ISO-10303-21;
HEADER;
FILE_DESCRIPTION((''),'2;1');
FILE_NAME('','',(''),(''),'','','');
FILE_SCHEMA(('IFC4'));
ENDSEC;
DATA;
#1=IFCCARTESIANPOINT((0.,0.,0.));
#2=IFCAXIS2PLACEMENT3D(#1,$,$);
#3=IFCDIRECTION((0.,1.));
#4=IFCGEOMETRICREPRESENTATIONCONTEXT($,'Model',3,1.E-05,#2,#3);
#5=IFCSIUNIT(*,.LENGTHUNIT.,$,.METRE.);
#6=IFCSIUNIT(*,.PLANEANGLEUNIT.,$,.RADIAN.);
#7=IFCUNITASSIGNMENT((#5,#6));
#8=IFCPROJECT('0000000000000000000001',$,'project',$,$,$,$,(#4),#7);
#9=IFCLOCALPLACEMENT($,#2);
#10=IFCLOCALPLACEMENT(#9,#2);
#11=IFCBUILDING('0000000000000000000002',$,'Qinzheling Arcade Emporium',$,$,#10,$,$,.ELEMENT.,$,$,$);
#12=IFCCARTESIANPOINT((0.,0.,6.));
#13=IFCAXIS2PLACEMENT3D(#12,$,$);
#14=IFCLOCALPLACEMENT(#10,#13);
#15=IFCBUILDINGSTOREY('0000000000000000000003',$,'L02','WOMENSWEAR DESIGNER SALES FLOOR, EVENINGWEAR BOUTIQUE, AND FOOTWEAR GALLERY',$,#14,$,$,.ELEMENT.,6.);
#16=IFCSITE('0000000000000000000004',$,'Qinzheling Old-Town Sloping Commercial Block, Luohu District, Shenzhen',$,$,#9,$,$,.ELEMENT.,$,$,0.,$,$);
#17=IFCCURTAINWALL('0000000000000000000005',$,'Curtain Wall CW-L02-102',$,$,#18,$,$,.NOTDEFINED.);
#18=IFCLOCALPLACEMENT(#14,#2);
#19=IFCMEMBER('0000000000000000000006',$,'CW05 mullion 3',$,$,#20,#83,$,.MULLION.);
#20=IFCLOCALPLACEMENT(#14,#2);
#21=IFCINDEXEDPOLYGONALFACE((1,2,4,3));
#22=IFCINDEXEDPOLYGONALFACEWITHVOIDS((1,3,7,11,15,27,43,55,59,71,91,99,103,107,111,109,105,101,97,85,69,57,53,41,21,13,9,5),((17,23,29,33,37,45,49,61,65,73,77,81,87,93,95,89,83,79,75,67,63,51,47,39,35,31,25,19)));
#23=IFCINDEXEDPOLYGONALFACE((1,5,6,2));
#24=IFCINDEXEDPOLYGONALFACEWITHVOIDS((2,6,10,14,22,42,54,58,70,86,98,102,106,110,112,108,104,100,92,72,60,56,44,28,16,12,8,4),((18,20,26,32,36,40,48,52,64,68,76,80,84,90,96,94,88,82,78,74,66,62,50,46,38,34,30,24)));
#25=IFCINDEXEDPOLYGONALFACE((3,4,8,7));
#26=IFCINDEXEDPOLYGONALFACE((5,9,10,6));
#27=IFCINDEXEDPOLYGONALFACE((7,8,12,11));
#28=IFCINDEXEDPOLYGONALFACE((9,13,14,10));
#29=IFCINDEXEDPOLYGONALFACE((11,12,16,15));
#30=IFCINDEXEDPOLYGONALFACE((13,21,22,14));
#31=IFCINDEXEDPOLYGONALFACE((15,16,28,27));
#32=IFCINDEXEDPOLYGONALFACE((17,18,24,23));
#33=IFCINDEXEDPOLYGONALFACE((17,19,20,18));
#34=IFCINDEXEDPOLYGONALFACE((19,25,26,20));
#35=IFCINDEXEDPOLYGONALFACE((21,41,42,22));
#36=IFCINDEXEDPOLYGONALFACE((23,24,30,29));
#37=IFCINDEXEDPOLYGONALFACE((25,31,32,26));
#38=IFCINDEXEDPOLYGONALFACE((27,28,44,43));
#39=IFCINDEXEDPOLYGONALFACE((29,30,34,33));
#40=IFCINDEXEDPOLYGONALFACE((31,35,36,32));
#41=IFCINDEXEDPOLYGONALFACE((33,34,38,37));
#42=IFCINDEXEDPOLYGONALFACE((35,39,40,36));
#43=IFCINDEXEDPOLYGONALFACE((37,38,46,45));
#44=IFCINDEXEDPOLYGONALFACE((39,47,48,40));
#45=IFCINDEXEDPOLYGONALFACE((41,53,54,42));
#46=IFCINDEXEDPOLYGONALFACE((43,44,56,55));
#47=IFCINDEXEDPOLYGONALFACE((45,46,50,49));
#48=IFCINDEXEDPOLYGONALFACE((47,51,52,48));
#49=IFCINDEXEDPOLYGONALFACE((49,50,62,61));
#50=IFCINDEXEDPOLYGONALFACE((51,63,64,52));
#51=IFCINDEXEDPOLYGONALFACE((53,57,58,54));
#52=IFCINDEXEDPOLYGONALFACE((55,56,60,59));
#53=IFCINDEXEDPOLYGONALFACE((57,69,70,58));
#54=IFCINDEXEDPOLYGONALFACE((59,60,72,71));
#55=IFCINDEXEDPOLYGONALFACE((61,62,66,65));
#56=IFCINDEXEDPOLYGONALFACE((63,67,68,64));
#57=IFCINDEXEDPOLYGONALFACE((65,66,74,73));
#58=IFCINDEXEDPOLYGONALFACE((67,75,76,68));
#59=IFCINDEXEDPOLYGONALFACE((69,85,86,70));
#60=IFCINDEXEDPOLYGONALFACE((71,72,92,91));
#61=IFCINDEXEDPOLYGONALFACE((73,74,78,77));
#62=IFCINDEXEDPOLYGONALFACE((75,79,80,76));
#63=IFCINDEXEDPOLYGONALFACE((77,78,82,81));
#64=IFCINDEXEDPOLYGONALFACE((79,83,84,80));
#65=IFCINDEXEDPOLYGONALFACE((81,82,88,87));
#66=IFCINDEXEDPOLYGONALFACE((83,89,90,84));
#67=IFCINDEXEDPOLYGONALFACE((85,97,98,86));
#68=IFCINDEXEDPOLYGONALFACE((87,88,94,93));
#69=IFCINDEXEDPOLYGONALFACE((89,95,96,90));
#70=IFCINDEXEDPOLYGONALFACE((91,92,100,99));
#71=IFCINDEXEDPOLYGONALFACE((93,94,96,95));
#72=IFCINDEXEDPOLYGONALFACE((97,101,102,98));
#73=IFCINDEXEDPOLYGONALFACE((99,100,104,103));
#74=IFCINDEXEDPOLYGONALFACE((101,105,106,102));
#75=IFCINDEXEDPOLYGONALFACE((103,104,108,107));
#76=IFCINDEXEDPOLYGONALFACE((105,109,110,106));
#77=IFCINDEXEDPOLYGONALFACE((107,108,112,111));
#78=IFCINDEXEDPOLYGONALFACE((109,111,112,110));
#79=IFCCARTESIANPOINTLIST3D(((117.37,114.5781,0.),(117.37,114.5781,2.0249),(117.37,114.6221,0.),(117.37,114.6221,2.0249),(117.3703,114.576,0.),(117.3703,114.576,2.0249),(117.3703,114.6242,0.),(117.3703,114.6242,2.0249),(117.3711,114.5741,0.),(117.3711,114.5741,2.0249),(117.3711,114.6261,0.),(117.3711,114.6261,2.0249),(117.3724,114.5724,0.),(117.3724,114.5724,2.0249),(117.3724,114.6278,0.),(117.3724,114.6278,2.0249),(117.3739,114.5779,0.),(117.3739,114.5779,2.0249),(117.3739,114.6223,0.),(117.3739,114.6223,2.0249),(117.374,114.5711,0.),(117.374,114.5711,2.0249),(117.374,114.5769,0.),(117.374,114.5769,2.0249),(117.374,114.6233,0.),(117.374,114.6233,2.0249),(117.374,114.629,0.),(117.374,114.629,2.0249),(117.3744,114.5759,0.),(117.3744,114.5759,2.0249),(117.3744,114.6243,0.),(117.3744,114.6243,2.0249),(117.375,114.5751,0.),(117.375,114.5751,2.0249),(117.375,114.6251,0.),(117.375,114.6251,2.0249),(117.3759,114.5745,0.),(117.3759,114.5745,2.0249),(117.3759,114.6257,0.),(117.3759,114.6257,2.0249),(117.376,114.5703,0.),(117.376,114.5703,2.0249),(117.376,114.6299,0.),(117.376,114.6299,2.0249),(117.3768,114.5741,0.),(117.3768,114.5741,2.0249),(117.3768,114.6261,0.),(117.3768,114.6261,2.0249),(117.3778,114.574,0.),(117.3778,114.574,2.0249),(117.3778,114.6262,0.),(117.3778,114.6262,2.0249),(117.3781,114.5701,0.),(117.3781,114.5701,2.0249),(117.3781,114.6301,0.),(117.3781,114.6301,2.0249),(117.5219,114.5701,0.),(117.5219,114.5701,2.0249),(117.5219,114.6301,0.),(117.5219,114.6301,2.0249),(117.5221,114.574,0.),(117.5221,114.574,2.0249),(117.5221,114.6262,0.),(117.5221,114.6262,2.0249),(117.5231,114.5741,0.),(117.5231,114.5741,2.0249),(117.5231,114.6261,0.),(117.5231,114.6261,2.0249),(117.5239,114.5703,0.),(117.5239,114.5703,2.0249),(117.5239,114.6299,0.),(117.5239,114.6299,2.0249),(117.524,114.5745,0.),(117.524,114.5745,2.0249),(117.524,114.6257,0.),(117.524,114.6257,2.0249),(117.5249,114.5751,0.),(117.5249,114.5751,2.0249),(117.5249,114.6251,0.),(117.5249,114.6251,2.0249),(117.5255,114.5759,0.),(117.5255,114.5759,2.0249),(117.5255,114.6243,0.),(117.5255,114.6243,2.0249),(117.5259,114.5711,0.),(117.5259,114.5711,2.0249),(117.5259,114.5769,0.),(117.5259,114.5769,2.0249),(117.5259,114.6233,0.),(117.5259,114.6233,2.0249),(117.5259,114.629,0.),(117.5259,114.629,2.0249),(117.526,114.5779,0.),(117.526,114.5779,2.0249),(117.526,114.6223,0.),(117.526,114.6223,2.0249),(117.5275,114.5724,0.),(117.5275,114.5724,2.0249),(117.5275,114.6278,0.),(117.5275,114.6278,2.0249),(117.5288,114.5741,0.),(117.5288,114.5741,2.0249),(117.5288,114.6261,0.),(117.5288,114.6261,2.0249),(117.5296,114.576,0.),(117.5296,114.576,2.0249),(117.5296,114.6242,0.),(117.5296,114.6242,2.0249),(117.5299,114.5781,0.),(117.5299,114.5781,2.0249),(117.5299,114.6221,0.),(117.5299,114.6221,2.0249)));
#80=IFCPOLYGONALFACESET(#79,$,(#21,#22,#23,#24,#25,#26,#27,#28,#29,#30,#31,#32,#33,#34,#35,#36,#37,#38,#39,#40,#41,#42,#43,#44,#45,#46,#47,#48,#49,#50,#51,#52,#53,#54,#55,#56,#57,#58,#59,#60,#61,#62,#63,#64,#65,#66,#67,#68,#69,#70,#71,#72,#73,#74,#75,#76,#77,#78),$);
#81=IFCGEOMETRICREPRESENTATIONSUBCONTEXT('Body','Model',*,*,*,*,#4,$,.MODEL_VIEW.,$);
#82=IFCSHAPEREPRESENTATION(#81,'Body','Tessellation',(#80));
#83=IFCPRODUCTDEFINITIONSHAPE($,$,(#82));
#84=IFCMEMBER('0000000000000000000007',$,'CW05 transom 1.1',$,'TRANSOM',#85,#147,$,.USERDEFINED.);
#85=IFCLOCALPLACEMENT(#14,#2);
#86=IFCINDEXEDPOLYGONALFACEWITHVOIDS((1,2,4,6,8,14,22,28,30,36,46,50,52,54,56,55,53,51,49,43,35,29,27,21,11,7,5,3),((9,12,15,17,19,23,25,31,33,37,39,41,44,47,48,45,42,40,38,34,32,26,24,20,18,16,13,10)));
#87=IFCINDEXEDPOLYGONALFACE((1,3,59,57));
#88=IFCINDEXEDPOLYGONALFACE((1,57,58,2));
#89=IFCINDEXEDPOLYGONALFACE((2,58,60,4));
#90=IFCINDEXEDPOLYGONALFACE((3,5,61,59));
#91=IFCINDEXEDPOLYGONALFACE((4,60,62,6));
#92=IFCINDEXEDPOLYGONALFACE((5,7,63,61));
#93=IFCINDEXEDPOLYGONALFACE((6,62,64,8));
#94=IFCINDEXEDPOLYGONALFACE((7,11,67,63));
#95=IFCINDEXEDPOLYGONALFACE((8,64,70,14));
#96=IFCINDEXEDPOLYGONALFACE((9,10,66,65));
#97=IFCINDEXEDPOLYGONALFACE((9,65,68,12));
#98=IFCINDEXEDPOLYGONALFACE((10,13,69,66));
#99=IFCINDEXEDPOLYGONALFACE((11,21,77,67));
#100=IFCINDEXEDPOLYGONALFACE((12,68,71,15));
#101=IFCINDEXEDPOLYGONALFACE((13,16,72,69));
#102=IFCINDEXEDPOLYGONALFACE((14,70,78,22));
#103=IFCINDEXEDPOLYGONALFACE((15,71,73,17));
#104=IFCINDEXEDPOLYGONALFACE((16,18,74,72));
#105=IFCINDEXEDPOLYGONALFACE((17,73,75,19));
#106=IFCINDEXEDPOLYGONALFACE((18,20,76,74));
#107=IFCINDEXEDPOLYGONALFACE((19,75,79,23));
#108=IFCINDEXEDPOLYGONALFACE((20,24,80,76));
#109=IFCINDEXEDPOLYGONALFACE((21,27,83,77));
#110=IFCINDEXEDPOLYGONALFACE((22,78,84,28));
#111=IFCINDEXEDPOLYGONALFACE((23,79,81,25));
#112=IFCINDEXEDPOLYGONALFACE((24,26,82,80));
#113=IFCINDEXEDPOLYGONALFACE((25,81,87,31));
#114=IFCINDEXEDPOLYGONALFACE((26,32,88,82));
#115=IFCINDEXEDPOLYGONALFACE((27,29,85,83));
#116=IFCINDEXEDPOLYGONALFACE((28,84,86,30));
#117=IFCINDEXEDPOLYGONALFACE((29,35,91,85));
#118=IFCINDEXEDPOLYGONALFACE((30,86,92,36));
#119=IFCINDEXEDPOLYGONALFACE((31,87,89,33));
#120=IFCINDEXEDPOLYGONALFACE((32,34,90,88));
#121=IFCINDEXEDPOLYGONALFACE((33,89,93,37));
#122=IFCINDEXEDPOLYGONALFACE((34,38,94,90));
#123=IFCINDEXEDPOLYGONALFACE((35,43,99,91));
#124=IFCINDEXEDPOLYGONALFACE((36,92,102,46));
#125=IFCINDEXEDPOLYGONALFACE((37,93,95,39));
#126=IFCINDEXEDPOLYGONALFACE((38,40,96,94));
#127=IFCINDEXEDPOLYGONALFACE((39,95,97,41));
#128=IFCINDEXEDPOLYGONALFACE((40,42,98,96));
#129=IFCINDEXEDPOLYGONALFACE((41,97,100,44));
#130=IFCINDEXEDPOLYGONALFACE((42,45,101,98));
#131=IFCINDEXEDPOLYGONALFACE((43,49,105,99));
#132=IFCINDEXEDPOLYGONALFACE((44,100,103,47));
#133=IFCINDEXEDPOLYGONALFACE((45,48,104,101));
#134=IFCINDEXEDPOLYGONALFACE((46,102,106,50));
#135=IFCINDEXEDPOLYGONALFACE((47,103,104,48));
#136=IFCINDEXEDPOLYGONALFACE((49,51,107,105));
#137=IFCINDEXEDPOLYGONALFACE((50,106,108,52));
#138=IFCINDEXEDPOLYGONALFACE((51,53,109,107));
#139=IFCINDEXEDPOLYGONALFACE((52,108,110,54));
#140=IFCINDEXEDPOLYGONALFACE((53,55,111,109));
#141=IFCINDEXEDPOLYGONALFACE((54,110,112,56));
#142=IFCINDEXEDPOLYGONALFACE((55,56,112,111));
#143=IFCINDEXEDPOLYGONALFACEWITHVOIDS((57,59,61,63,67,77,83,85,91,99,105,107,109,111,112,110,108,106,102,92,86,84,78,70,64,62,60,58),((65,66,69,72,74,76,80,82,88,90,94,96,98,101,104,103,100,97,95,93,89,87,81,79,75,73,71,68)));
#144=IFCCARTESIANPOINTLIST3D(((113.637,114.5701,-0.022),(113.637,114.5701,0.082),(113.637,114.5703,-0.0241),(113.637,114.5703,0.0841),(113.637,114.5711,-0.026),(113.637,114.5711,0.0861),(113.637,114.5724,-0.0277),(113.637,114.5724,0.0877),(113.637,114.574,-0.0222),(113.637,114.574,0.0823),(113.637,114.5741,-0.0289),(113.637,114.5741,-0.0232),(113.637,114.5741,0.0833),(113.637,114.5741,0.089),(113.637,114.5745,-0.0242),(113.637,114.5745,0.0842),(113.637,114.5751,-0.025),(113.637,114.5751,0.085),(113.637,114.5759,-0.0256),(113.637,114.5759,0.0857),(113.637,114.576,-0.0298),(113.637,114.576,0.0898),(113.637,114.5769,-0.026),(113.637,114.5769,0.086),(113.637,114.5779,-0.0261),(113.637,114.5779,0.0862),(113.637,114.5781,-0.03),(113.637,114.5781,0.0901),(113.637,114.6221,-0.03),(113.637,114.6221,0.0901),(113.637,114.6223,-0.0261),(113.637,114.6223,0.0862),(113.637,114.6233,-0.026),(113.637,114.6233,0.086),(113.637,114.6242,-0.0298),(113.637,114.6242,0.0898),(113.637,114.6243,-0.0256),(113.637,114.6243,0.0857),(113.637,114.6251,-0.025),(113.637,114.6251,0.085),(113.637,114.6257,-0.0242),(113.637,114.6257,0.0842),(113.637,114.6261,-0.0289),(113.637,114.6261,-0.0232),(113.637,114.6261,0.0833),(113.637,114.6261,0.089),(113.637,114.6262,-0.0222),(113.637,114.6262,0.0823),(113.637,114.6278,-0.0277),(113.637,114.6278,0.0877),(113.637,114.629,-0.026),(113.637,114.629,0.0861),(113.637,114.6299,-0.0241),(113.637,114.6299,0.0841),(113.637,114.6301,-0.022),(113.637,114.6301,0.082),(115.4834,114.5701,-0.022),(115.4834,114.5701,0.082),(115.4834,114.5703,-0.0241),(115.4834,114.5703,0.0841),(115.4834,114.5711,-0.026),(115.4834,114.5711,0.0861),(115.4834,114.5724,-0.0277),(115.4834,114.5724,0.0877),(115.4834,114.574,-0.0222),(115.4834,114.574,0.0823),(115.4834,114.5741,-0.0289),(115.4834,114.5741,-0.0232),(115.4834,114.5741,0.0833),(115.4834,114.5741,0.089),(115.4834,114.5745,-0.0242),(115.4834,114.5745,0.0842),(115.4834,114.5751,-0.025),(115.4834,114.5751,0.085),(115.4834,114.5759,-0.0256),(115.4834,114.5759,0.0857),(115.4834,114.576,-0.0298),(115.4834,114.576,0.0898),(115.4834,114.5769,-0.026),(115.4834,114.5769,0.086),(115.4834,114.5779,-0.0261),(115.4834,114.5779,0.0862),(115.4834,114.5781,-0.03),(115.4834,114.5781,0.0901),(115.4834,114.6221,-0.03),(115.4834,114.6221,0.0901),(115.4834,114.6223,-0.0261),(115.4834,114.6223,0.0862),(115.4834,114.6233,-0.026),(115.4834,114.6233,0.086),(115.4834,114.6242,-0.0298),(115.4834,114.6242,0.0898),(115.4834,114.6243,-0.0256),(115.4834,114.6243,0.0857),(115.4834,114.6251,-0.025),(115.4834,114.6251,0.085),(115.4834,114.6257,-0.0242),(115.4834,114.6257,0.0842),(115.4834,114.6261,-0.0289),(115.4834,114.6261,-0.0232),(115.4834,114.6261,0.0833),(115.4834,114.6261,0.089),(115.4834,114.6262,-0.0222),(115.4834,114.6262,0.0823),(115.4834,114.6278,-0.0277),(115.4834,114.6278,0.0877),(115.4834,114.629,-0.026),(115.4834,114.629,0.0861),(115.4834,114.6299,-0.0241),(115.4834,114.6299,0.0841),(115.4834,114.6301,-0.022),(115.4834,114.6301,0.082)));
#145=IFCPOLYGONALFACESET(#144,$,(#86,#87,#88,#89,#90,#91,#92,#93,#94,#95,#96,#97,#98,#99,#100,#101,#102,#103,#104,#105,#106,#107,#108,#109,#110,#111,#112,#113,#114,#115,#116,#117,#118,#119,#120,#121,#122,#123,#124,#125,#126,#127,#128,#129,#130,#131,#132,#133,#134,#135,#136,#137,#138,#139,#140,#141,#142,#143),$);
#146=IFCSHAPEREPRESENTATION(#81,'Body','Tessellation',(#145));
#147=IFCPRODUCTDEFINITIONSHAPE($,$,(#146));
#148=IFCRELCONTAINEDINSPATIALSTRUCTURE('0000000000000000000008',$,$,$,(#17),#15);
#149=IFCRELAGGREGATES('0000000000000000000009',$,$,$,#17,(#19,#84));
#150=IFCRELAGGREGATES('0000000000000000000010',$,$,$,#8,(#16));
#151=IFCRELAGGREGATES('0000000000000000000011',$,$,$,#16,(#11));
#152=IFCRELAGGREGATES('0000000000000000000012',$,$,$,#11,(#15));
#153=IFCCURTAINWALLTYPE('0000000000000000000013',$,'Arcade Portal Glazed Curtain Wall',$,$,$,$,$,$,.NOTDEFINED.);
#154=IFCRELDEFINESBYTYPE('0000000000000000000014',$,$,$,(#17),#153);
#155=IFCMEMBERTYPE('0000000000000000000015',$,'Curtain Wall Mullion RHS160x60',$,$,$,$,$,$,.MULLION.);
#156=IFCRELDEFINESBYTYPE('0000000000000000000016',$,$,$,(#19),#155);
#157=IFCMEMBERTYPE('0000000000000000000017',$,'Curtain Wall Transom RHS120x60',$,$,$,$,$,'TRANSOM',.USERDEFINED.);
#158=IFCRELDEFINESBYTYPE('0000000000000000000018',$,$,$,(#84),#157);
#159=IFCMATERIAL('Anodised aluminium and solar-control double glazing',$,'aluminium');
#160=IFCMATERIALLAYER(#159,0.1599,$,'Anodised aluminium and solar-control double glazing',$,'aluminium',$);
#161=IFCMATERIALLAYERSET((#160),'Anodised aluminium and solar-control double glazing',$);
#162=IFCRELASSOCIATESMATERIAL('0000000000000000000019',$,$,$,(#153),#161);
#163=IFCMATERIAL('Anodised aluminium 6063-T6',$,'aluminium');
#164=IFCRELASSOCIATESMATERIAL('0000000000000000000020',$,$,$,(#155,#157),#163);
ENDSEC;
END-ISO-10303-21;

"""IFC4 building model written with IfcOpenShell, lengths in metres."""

from ifc_helpers import new_model, si_unit, direction, frame, origin, origin_2d, place, context, subcontext, project, spatial, hollow_rectangle, extrude, material, layer, layer_set, material_profile, profile_set, type_object, element, aggregate, save


model = new_model("IFC4")

# Units and contexts
model_context = context("Model", 3, precision=1e-05, world=origin(), true_north=direction((0.0, 1.0)))
body_context = subcontext(model_context, "Body", "Model", "MODEL_VIEW")
ifc_project = project(units=[si_unit("LENGTHUNIT", "METRE"), si_unit("PLANEANGLEUNIT", "RADIAN")], contexts=[model_context])

# Site, building, storey
site_placement = place(None, origin())
site = spatial("IfcSite", under=ifc_project, at=site_placement, Name="Qinzheling Old-Town Sloping Commercial Block, Luohu District, Shenzhen", CompositionType="ELEMENT", RefElevation=0.0)
building_placement = place(site_placement, origin())
building = spatial("IfcBuilding", under=site, at=building_placement, Name="Qinzheling Arcade Emporium", CompositionType="ELEMENT")
storey_placement = place(building_placement, frame((0.0, 0.0, 6.0)))
storey = spatial("IfcBuildingStorey", under=building, at=storey_placement, Name="L02", Description="WOMENSWEAR DESIGNER SALES FLOOR, EVENINGWEAR BOUTIQUE, AND FOOTWEAR GALLERY", CompositionType="ELEMENT", Elevation=6.0)

# Curtain wall, members
ifc_material_1 = material(Name="Anodised aluminium and solar-control double glazing", Category="aluminium")
ifc_layer_1 = layer(ifc_material_1, 0.1599, Name="Anodised aluminium and solar-control double glazing", Category="aluminium")
ifc_layer_set_1 = layer_set([ifc_layer_1], Name="Anodised aluminium and solar-control double glazing")
curtain_wall_type = type_object("IfcCurtainWallType", Name="Arcade Portal Glazed Curtain Wall", PredefinedType="NOTDEFINED", material=ifc_layer_set_1)
curtain_wall_placement = place(storey_placement, origin())
curtain_wall = element("IfcCurtainWall", 1, at=curtain_wall_placement, inside=storey, type_object=curtain_wall_type, Name="Curtain Wall CW-L02-102", PredefinedType="NOTDEFINED")
ifc_material_2 = material(Name="Anodised aluminium 6063-T6", Category="aluminium")
ifc_material_profile_1 = material_profile(ifc_material_2, hollow_rectangle(XDim=0.0601, YDim=0.1599, WallThickness=0.0039, InnerFilletRadius=0.0039, OuterFilletRadius=0.0081, at=origin_2d()), Name="RHS 160x60x4", Category="aluminium")
ifc_profile_set_1 = profile_set([ifc_material_profile_1], Name="Anodised aluminium 6063-T6")
member_type_1 = type_object("IfcMemberType", Name="Curtain Wall Mullion RHS160x60", PredefinedType="MULLION", material=ifc_profile_set_1)
member_1_placement = place(storey_placement, frame((117.45, 114.6001, 0.0), z_axis=(0.0, 0.0, 1.0), x_axis=(0.0, 1.0, 0.0)))
member_1 = element("IfcMember", 2, at=member_1_placement, type_object=member_type_1, Name="CW05 mullion 3", PredefinedType="MULLION", context=body_context, shape_type="SweptSolid", body=[
    extrude(hollow_rectangle(XDim=0.0601, YDim=0.1599, WallThickness=0.0039, InnerFilletRadius=0.0039, OuterFilletRadius=0.0081, at=origin_2d()), origin(), (0.0, 0.0, 1.0), 2.0249),
])
ifc_material_profile_2 = material_profile(ifc_material_2, hollow_rectangle(XDim=0.0601, YDim=0.1201, WallThickness=0.0039, InnerFilletRadius=0.0039, OuterFilletRadius=0.0081, at=origin_2d()), Name="RHS 120x60x4", Category="aluminium")
ifc_profile_set_2 = profile_set([ifc_material_profile_2], Name="Anodised aluminium 6063-T6")
member_type_2 = type_object("IfcMemberType", Name="Curtain Wall Transom RHS120x60", ElementType="TRANSOM", PredefinedType="USERDEFINED", material=ifc_profile_set_2)
member_2_placement = place(storey_placement, frame((113.637, 114.6001, 0.03), z_axis=(1.0, 0.0, 0.0), x_axis=(0.0, 1.0, 0.0)))
member_2 = element("IfcMember", 3, at=member_2_placement, type_object=member_type_2, Name="CW05 transom 1.1", ObjectType="TRANSOM", PredefinedType="USERDEFINED", context=body_context, shape_type="SweptSolid", body=[
    extrude(hollow_rectangle(XDim=0.0601, YDim=0.1201, WallThickness=0.0039, InnerFilletRadius=0.0039, OuterFilletRadius=0.0081, at=origin_2d()), origin(), (0.0, 0.0, 1.0), 1.8464),
])

aggregate(curtain_wall, [member_1, member_2])

save(model, "model.ifc")
